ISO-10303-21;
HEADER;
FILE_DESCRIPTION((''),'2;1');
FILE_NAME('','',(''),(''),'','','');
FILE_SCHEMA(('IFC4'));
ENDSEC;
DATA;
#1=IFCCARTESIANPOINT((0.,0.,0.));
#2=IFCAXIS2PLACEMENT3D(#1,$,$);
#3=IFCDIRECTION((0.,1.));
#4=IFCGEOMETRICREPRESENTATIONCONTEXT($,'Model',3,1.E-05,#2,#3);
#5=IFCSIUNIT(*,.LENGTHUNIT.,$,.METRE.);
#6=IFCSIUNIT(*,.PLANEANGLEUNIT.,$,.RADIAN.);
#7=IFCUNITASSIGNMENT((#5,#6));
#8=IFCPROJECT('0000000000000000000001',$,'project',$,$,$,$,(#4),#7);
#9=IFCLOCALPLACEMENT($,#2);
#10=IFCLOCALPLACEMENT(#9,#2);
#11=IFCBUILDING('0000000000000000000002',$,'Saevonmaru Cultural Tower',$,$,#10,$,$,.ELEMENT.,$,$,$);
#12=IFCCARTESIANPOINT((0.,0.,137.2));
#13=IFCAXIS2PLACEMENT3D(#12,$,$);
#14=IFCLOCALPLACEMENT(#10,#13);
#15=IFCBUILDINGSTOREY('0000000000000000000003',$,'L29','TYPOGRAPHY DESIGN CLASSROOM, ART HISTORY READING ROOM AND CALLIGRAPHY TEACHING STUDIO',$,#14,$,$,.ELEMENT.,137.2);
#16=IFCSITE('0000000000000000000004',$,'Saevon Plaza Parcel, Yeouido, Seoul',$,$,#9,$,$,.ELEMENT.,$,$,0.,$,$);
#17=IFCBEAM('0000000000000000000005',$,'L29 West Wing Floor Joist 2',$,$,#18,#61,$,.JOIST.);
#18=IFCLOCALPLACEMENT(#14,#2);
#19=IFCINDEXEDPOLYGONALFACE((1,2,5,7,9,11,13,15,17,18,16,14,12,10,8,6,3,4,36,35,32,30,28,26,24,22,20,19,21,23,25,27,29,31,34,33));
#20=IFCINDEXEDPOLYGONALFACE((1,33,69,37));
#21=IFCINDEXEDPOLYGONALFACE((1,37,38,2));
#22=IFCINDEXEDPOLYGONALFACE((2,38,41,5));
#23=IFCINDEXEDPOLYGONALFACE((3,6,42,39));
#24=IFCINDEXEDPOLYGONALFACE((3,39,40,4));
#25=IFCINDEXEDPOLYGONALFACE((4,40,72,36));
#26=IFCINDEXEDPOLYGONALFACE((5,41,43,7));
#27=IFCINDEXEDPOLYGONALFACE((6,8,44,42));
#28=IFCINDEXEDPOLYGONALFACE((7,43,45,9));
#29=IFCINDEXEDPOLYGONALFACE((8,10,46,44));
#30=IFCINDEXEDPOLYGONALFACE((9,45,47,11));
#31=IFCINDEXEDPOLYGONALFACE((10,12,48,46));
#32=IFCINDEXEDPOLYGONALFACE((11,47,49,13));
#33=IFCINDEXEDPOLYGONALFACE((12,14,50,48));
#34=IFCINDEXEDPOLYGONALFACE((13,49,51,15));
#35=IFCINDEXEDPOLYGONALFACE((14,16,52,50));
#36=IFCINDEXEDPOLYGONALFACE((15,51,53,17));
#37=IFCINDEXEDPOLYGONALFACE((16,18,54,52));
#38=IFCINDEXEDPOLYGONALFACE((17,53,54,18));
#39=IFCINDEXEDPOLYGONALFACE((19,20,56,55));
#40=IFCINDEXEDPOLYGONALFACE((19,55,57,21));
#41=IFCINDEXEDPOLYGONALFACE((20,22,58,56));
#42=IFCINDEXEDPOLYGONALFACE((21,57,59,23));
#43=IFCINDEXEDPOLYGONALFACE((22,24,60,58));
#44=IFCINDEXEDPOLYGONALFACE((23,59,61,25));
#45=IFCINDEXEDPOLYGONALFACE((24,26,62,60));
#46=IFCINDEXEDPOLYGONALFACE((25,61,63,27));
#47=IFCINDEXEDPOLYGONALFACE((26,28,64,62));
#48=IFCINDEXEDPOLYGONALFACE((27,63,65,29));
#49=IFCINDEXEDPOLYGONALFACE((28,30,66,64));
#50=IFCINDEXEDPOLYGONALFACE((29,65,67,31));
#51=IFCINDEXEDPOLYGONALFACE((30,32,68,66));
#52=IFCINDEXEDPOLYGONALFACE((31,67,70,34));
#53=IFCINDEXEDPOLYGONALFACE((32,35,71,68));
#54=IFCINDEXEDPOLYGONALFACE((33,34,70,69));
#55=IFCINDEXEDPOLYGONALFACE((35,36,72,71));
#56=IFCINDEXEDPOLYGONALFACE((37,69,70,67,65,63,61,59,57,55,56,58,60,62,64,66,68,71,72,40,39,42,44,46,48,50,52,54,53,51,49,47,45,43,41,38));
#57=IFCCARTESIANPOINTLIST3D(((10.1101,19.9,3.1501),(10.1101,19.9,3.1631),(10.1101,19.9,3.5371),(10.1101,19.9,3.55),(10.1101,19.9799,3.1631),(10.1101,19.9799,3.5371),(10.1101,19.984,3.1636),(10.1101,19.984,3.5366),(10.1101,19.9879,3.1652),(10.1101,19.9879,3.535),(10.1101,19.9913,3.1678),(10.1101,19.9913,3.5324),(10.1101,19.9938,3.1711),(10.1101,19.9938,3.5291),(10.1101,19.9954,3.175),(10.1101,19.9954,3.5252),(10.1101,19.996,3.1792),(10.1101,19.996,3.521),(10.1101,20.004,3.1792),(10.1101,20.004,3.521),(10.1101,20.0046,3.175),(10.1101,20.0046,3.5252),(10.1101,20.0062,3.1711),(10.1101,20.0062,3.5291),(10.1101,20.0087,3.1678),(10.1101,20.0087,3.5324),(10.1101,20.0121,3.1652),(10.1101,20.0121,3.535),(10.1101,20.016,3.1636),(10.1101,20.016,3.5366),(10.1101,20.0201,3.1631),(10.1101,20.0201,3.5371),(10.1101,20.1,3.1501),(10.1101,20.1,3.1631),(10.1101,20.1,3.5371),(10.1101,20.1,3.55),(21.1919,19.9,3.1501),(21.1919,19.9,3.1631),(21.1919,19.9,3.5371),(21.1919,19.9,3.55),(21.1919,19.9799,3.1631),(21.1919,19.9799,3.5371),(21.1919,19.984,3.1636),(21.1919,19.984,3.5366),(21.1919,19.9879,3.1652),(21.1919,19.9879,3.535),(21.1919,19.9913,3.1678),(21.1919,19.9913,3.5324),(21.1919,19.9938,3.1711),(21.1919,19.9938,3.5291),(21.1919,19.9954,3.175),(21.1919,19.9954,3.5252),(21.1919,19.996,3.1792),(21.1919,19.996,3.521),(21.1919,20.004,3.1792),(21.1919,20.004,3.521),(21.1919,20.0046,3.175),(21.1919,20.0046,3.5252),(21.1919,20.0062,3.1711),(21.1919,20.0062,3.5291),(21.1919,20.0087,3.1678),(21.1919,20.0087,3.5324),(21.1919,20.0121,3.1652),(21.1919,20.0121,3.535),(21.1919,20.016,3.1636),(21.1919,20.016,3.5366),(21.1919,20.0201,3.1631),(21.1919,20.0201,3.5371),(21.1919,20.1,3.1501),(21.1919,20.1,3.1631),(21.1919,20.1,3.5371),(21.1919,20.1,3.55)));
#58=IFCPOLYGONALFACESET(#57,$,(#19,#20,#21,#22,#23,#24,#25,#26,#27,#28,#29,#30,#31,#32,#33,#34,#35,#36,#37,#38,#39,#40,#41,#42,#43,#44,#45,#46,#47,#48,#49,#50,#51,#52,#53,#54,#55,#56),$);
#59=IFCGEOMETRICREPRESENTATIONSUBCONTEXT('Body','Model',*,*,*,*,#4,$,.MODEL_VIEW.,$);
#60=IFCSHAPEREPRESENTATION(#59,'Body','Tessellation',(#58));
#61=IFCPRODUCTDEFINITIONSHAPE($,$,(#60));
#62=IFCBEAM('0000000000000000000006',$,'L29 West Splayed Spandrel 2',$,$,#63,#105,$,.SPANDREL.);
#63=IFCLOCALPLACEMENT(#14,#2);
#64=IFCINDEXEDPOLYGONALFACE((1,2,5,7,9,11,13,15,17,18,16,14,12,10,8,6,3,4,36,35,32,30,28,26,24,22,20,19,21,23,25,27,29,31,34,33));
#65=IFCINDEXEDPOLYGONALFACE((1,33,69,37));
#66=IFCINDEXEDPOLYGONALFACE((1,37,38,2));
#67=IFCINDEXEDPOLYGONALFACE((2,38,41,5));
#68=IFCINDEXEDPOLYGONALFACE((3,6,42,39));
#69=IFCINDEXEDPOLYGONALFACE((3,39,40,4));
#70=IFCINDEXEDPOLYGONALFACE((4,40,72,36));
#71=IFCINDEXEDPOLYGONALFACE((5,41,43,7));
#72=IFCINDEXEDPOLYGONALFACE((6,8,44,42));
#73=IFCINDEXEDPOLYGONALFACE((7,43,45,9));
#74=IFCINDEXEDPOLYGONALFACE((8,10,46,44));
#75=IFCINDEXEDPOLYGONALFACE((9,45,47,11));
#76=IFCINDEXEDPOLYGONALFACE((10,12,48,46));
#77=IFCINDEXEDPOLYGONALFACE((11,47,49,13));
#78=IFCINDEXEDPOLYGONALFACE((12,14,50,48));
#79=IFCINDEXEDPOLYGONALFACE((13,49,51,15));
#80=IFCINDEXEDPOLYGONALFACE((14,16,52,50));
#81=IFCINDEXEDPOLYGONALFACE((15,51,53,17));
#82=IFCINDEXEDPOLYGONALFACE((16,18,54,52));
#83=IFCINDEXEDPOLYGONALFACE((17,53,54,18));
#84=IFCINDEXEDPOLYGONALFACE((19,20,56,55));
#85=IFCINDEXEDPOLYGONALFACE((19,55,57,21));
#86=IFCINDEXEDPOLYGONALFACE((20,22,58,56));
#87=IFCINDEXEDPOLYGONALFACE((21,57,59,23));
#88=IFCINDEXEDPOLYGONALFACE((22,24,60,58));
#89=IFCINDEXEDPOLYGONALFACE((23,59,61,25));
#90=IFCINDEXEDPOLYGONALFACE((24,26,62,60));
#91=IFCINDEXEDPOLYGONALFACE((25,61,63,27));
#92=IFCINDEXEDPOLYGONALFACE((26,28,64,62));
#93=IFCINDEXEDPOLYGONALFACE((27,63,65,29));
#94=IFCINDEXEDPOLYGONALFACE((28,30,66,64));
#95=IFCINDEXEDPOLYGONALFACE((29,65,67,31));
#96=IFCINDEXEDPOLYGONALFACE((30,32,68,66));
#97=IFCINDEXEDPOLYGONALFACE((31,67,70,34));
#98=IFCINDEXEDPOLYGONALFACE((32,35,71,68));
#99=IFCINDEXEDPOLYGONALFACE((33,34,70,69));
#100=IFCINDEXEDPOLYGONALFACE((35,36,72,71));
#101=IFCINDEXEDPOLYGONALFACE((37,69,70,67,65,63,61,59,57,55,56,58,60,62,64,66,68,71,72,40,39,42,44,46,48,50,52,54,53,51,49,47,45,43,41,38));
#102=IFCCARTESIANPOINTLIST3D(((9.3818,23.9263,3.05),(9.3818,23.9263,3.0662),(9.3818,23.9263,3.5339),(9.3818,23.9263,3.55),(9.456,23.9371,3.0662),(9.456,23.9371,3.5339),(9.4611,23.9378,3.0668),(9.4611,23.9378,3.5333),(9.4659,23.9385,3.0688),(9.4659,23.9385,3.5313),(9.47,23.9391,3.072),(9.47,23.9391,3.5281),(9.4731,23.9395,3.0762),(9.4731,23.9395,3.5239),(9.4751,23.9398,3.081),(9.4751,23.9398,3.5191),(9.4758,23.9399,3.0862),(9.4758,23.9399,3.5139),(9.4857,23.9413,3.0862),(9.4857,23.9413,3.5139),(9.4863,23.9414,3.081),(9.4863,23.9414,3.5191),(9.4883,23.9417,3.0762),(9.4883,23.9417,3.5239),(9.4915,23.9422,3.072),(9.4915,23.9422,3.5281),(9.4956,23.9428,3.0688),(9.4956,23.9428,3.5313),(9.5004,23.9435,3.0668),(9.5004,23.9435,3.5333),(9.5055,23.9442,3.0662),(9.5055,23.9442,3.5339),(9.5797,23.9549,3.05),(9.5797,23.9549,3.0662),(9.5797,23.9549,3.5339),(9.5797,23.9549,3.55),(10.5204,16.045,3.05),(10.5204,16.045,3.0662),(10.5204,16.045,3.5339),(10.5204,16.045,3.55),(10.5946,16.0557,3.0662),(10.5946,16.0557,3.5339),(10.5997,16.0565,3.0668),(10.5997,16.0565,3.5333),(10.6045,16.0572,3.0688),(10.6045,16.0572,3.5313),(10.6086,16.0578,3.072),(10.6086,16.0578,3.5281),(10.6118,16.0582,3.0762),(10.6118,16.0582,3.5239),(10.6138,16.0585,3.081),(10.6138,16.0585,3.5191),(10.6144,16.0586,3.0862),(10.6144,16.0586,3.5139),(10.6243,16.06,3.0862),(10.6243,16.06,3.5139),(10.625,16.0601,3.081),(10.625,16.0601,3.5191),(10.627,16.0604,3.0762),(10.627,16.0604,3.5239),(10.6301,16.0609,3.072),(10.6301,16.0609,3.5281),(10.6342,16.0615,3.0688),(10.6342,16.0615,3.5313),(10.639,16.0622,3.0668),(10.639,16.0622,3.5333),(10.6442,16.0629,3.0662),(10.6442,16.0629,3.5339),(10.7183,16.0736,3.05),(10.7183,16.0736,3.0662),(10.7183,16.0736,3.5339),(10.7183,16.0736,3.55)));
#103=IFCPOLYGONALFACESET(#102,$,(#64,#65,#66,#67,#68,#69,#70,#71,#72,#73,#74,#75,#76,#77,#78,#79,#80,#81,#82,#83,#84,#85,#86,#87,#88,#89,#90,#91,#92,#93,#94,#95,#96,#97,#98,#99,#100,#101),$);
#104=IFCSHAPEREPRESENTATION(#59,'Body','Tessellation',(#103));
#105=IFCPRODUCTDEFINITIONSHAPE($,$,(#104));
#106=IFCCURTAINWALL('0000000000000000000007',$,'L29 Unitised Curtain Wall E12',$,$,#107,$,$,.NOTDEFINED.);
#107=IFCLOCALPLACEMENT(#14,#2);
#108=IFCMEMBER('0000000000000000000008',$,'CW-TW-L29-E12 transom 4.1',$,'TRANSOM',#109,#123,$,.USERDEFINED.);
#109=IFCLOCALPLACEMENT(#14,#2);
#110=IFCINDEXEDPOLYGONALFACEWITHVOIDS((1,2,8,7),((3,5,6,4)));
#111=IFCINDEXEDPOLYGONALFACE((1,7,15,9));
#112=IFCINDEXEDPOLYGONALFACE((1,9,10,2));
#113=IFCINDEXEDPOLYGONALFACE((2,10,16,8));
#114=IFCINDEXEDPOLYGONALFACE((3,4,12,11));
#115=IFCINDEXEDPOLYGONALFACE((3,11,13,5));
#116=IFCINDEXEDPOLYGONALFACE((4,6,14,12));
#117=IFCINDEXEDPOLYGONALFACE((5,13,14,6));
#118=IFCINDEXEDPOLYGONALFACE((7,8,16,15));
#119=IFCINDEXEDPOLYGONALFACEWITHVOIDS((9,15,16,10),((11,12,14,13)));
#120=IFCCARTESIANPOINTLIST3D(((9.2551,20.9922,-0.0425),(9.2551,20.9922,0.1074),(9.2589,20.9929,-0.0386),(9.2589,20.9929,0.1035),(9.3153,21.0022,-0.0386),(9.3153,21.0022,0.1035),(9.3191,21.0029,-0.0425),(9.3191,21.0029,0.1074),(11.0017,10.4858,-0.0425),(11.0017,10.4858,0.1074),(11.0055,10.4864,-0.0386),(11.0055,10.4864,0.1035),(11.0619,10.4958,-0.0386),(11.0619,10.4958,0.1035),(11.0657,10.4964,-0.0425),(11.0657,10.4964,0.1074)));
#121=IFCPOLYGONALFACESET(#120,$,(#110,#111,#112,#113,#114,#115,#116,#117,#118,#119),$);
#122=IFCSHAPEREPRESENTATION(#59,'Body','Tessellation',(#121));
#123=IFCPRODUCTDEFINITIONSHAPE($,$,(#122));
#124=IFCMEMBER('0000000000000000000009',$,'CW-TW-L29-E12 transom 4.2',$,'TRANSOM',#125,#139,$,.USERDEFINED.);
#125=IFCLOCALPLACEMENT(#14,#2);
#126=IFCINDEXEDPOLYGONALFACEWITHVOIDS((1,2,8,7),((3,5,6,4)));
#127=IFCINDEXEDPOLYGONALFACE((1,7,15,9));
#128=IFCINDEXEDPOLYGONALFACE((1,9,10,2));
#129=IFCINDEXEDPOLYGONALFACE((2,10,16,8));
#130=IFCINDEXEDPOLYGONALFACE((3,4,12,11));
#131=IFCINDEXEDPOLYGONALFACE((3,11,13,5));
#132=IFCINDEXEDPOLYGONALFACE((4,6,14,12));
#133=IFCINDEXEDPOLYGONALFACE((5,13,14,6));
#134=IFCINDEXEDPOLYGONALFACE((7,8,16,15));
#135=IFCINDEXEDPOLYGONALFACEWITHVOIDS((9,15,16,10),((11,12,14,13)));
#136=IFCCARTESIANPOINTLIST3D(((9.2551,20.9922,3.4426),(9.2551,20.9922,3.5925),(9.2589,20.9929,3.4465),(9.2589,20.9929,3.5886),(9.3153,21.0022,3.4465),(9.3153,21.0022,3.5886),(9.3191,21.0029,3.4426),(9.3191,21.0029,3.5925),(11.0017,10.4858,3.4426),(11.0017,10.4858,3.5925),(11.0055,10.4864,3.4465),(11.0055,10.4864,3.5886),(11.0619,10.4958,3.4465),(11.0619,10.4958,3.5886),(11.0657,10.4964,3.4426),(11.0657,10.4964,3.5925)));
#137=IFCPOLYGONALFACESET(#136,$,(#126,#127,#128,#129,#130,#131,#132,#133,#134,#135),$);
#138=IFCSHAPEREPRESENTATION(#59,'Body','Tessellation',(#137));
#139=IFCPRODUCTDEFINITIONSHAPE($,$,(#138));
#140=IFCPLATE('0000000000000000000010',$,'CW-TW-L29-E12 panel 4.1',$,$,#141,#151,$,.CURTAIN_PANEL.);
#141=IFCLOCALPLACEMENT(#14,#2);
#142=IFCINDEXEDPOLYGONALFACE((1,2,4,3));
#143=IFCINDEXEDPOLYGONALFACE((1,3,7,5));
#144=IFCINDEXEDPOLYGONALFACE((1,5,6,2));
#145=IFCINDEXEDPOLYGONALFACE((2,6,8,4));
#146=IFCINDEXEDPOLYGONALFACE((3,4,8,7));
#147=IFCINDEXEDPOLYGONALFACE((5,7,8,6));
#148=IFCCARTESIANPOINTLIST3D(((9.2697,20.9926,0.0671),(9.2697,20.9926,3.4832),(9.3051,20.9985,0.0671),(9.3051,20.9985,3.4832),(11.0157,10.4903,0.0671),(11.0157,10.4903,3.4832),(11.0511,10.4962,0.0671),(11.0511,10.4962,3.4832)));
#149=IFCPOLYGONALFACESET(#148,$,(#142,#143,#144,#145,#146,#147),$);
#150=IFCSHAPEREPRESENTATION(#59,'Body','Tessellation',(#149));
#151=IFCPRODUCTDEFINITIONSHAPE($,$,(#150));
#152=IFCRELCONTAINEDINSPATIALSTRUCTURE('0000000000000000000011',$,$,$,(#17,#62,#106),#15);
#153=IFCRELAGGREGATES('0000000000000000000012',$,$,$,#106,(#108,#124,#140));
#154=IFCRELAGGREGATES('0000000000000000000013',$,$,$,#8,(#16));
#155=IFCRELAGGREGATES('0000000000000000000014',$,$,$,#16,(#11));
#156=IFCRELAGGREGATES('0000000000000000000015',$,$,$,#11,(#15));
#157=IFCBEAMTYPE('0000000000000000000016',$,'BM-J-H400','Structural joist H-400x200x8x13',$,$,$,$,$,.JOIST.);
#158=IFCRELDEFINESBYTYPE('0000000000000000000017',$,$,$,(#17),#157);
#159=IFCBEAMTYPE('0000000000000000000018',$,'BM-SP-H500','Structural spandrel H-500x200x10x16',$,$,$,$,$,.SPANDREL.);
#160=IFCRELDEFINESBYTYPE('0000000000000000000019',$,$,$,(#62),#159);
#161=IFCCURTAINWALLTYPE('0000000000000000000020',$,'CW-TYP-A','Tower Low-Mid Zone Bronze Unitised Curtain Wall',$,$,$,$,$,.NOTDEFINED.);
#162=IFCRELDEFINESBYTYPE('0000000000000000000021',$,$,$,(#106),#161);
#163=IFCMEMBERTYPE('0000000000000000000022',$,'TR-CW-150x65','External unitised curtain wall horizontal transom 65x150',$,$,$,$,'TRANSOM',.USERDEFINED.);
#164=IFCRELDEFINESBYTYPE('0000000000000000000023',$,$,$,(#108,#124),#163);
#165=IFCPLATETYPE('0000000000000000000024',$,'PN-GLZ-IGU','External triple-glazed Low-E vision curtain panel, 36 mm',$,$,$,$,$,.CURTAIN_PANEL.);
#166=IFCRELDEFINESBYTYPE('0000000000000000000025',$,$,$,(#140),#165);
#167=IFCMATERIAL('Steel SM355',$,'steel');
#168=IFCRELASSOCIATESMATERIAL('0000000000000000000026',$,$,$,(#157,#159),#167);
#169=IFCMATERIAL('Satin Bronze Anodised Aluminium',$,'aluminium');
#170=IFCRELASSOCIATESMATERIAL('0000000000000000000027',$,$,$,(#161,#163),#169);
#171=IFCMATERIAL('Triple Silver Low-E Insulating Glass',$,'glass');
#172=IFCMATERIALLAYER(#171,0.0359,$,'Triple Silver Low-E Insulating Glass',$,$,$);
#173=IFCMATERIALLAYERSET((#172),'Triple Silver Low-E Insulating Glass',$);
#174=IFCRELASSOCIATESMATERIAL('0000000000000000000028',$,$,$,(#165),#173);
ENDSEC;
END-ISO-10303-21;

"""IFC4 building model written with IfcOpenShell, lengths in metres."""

from ifc_helpers import new_model, si_unit, direction, frame, origin, origin_2d, place, context, subcontext, project, spatial, rectangle, hollow_rectangle, i_section, extrude, material, layer, layer_set, material_profile, profile_set, type_object, element, aggregate, save


model = new_model("IFC4")

# Units and contexts
model_context = context("Model", 3, precision=1e-05, world=origin(), true_north=direction((0.0, 1.0)))
body_context = subcontext(model_context, "Body", "Model", "MODEL_VIEW")
ifc_project = project(units=[si_unit("LENGTHUNIT", "METRE"), si_unit("PLANEANGLEUNIT", "RADIAN")], contexts=[model_context])

# Site, building, storey
site_placement = place(None, origin())
site = spatial("IfcSite", under=ifc_project, at=site_placement, Name="Saevon Plaza Parcel, Yeouido, Seoul", CompositionType="ELEMENT", RefElevation=0.0)
building_placement = place(site_placement, origin())
building = spatial("IfcBuilding", under=site, at=building_placement, Name="Saevonmaru Cultural Tower", CompositionType="ELEMENT")
storey_placement = place(building_placement, frame((0.0, 0.0, 137.2)))
storey = spatial("IfcBuildingStorey", under=building, at=storey_placement, Name="L29", Description="TYPOGRAPHY DESIGN CLASSROOM, ART HISTORY READING ROOM AND CALLIGRAPHY TEACHING STUDIO", CompositionType="ELEMENT", Elevation=137.2)

# Beams
ifc_material_1 = material(Name="Steel SM355", Category="steel")
ifc_material_profile_1 = material_profile(ifc_material_1, i_section(OverallWidth=0.2, OverallDepth=0.3999, WebThickness=0.0081, FlangeThickness=0.0129, FilletRadius=0.0161, at=origin_2d()), Name="H-400x200x8x13")
ifc_profile_set_1 = profile_set([ifc_material_profile_1], Name="Steel SM355")
beam_type_1 = type_object("IfcBeamType", Name="BM-J-H400", Description="Structural joist H-400x200x8x13", PredefinedType="JOIST", material=ifc_profile_set_1)
beam_1_placement = place(storey_placement, frame((10.1101, 20.0, 3.3501), z_axis=(1.0, 0.0, 0.0), x_axis=(0.0, 1.0, 0.0)))
element("IfcBeam", 1, at=beam_1_placement, inside=storey, type_object=beam_type_1, Name="L29 West Wing Floor Joist 2", PredefinedType="JOIST", context=body_context, shape_type="SweptSolid", body=[
    extrude(i_section(OverallWidth=0.2, OverallDepth=0.3999, WebThickness=0.0081, FlangeThickness=0.0129, FilletRadius=0.0161, at=origin_2d()), origin(), (0.0, 0.0, 1.0), 11.0818),
])
ifc_material_profile_2 = material_profile(ifc_material_1, i_section(OverallWidth=0.2, OverallDepth=0.5, WebThickness=0.01, FlangeThickness=0.0161, FilletRadius=0.02, at=origin_2d()), Name="H-500x200x10x16")
ifc_profile_set_2 = profile_set([ifc_material_profile_2], Name="Steel SM355")
beam_type_2 = type_object("IfcBeamType", Name="BM-SP-H500", Description="Structural spandrel H-500x200x10x16", PredefinedType="SPANDREL", material=ifc_profile_set_2)
beam_2_placement = place(storey_placement, frame((10.6194, 16.0593, 3.3), z_axis=(-0.142992, 0.989724, 0.0), x_axis=(-0.989724, -0.142992, 0.0)))
element("IfcBeam", 2, at=beam_2_placement, inside=storey, type_object=beam_type_2, Name="L29 West Splayed Spandrel 2", PredefinedType="SPANDREL", context=body_context, shape_type="SweptSolid", body=[
    extrude(i_section(OverallWidth=0.2, OverallDepth=0.5, WebThickness=0.01, FlangeThickness=0.0161, FilletRadius=0.02, at=origin_2d()), origin(), (0.0, 0.0, 1.0), 7.9631),
])

# Curtain wall, members, plate
ifc_material_2 = material(Name="Satin Bronze Anodised Aluminium", Category="aluminium")
curtain_wall_type = type_object("IfcCurtainWallType", Name="CW-TYP-A", Description="Tower Low-Mid Zone Bronze Unitised Curtain Wall", PredefinedType="NOTDEFINED", material=ifc_material_2)
curtain_wall_placement = place(storey_placement, origin())
curtain_wall = element("IfcCurtainWall", 3, at=curtain_wall_placement, inside=storey, type_object=curtain_wall_type, Name="L29 Unitised Curtain Wall E12", PredefinedType="NOTDEFINED")
ifc_material_profile_3 = material_profile(ifc_material_2, hollow_rectangle(XDim=0.0649, YDim=0.1499, WallThickness=0.0039, at=origin_2d()), Name="ALU-TRAN-150x65x4")
ifc_profile_set_3 = profile_set([ifc_material_profile_3], Name="Satin Bronze Anodised Aluminium")
member_type = type_object("IfcMemberType", Name="TR-CW-150x65", Description="External unitised curtain wall horizontal transom 65x150", ElementType="TRANSOM", PredefinedType="USERDEFINED", material=ifc_profile_set_3)
member_1_placement = place(storey_placement, frame((9.2871, 20.9976, 0.0325), z_axis=(0.16399, -0.986462, 0.0), x_axis=(0.986462, 0.16399, 0.0)))
member_1 = element("IfcMember", 4, at=member_1_placement, type_object=member_type, Name="CW-TW-L29-E12 transom 4.1", ObjectType="TRANSOM", PredefinedType="USERDEFINED", context=body_context, shape_type="SweptSolid", body=[
    extrude(hollow_rectangle(XDim=0.0649, YDim=0.1499, WallThickness=0.0039, at=origin_2d()), origin(), (0.0, 0.0, 1.0), 10.6506),
])
member_2_placement = place(storey_placement, frame((9.2871, 20.9976, 3.5176), z_axis=(0.16399, -0.986462, 0.0), x_axis=(0.986462, 0.16399, 0.0)))
member_2 = element("IfcMember", 5, at=member_2_placement, type_object=member_type, Name="CW-TW-L29-E12 transom 4.2", ObjectType="TRANSOM", PredefinedType="USERDEFINED", context=body_context, shape_type="SweptSolid", body=[
    extrude(hollow_rectangle(XDim=0.0649, YDim=0.1499, WallThickness=0.0039, at=origin_2d()), origin(), (0.0, 0.0, 1.0), 10.6506),
])
ifc_material_3 = material(Name="Triple Silver Low-E Insulating Glass", Category="glass")
ifc_layer_1 = layer(ifc_material_3, 0.0359, Name="Triple Silver Low-E Insulating Glass")
ifc_layer_set_1 = layer_set([ifc_layer_1], Name="Triple Silver Low-E Insulating Glass")
plate_type = type_object("IfcPlateType", Name="PN-GLZ-IGU", Description="External triple-glazed Low-E vision curtain panel, 36 mm", PredefinedType="CURTAIN_PANEL", material=ifc_layer_set_1)
plate_placement = place(storey_placement, frame((10.1604, 15.7444, 0.0671), z_axis=(0.0, 0.0, 1.0), x_axis=(0.163999, -0.986461, 0.0)))
plate = element("IfcPlate", 6, at=plate_placement, type_object=plate_type, Name="CW-TW-L29-E12 panel 4.1", PredefinedType="CURTAIN_PANEL", context=body_context, shape_type="SweptSolid", body=[
    extrude(rectangle(XDim=10.6465, YDim=0.0359, at=origin_2d()), origin(), (0.0, 0.0, 1.0), 3.416),
])
aggregate(curtain_wall, [member_1, member_2, plate])

save(model, "model.ifc")
